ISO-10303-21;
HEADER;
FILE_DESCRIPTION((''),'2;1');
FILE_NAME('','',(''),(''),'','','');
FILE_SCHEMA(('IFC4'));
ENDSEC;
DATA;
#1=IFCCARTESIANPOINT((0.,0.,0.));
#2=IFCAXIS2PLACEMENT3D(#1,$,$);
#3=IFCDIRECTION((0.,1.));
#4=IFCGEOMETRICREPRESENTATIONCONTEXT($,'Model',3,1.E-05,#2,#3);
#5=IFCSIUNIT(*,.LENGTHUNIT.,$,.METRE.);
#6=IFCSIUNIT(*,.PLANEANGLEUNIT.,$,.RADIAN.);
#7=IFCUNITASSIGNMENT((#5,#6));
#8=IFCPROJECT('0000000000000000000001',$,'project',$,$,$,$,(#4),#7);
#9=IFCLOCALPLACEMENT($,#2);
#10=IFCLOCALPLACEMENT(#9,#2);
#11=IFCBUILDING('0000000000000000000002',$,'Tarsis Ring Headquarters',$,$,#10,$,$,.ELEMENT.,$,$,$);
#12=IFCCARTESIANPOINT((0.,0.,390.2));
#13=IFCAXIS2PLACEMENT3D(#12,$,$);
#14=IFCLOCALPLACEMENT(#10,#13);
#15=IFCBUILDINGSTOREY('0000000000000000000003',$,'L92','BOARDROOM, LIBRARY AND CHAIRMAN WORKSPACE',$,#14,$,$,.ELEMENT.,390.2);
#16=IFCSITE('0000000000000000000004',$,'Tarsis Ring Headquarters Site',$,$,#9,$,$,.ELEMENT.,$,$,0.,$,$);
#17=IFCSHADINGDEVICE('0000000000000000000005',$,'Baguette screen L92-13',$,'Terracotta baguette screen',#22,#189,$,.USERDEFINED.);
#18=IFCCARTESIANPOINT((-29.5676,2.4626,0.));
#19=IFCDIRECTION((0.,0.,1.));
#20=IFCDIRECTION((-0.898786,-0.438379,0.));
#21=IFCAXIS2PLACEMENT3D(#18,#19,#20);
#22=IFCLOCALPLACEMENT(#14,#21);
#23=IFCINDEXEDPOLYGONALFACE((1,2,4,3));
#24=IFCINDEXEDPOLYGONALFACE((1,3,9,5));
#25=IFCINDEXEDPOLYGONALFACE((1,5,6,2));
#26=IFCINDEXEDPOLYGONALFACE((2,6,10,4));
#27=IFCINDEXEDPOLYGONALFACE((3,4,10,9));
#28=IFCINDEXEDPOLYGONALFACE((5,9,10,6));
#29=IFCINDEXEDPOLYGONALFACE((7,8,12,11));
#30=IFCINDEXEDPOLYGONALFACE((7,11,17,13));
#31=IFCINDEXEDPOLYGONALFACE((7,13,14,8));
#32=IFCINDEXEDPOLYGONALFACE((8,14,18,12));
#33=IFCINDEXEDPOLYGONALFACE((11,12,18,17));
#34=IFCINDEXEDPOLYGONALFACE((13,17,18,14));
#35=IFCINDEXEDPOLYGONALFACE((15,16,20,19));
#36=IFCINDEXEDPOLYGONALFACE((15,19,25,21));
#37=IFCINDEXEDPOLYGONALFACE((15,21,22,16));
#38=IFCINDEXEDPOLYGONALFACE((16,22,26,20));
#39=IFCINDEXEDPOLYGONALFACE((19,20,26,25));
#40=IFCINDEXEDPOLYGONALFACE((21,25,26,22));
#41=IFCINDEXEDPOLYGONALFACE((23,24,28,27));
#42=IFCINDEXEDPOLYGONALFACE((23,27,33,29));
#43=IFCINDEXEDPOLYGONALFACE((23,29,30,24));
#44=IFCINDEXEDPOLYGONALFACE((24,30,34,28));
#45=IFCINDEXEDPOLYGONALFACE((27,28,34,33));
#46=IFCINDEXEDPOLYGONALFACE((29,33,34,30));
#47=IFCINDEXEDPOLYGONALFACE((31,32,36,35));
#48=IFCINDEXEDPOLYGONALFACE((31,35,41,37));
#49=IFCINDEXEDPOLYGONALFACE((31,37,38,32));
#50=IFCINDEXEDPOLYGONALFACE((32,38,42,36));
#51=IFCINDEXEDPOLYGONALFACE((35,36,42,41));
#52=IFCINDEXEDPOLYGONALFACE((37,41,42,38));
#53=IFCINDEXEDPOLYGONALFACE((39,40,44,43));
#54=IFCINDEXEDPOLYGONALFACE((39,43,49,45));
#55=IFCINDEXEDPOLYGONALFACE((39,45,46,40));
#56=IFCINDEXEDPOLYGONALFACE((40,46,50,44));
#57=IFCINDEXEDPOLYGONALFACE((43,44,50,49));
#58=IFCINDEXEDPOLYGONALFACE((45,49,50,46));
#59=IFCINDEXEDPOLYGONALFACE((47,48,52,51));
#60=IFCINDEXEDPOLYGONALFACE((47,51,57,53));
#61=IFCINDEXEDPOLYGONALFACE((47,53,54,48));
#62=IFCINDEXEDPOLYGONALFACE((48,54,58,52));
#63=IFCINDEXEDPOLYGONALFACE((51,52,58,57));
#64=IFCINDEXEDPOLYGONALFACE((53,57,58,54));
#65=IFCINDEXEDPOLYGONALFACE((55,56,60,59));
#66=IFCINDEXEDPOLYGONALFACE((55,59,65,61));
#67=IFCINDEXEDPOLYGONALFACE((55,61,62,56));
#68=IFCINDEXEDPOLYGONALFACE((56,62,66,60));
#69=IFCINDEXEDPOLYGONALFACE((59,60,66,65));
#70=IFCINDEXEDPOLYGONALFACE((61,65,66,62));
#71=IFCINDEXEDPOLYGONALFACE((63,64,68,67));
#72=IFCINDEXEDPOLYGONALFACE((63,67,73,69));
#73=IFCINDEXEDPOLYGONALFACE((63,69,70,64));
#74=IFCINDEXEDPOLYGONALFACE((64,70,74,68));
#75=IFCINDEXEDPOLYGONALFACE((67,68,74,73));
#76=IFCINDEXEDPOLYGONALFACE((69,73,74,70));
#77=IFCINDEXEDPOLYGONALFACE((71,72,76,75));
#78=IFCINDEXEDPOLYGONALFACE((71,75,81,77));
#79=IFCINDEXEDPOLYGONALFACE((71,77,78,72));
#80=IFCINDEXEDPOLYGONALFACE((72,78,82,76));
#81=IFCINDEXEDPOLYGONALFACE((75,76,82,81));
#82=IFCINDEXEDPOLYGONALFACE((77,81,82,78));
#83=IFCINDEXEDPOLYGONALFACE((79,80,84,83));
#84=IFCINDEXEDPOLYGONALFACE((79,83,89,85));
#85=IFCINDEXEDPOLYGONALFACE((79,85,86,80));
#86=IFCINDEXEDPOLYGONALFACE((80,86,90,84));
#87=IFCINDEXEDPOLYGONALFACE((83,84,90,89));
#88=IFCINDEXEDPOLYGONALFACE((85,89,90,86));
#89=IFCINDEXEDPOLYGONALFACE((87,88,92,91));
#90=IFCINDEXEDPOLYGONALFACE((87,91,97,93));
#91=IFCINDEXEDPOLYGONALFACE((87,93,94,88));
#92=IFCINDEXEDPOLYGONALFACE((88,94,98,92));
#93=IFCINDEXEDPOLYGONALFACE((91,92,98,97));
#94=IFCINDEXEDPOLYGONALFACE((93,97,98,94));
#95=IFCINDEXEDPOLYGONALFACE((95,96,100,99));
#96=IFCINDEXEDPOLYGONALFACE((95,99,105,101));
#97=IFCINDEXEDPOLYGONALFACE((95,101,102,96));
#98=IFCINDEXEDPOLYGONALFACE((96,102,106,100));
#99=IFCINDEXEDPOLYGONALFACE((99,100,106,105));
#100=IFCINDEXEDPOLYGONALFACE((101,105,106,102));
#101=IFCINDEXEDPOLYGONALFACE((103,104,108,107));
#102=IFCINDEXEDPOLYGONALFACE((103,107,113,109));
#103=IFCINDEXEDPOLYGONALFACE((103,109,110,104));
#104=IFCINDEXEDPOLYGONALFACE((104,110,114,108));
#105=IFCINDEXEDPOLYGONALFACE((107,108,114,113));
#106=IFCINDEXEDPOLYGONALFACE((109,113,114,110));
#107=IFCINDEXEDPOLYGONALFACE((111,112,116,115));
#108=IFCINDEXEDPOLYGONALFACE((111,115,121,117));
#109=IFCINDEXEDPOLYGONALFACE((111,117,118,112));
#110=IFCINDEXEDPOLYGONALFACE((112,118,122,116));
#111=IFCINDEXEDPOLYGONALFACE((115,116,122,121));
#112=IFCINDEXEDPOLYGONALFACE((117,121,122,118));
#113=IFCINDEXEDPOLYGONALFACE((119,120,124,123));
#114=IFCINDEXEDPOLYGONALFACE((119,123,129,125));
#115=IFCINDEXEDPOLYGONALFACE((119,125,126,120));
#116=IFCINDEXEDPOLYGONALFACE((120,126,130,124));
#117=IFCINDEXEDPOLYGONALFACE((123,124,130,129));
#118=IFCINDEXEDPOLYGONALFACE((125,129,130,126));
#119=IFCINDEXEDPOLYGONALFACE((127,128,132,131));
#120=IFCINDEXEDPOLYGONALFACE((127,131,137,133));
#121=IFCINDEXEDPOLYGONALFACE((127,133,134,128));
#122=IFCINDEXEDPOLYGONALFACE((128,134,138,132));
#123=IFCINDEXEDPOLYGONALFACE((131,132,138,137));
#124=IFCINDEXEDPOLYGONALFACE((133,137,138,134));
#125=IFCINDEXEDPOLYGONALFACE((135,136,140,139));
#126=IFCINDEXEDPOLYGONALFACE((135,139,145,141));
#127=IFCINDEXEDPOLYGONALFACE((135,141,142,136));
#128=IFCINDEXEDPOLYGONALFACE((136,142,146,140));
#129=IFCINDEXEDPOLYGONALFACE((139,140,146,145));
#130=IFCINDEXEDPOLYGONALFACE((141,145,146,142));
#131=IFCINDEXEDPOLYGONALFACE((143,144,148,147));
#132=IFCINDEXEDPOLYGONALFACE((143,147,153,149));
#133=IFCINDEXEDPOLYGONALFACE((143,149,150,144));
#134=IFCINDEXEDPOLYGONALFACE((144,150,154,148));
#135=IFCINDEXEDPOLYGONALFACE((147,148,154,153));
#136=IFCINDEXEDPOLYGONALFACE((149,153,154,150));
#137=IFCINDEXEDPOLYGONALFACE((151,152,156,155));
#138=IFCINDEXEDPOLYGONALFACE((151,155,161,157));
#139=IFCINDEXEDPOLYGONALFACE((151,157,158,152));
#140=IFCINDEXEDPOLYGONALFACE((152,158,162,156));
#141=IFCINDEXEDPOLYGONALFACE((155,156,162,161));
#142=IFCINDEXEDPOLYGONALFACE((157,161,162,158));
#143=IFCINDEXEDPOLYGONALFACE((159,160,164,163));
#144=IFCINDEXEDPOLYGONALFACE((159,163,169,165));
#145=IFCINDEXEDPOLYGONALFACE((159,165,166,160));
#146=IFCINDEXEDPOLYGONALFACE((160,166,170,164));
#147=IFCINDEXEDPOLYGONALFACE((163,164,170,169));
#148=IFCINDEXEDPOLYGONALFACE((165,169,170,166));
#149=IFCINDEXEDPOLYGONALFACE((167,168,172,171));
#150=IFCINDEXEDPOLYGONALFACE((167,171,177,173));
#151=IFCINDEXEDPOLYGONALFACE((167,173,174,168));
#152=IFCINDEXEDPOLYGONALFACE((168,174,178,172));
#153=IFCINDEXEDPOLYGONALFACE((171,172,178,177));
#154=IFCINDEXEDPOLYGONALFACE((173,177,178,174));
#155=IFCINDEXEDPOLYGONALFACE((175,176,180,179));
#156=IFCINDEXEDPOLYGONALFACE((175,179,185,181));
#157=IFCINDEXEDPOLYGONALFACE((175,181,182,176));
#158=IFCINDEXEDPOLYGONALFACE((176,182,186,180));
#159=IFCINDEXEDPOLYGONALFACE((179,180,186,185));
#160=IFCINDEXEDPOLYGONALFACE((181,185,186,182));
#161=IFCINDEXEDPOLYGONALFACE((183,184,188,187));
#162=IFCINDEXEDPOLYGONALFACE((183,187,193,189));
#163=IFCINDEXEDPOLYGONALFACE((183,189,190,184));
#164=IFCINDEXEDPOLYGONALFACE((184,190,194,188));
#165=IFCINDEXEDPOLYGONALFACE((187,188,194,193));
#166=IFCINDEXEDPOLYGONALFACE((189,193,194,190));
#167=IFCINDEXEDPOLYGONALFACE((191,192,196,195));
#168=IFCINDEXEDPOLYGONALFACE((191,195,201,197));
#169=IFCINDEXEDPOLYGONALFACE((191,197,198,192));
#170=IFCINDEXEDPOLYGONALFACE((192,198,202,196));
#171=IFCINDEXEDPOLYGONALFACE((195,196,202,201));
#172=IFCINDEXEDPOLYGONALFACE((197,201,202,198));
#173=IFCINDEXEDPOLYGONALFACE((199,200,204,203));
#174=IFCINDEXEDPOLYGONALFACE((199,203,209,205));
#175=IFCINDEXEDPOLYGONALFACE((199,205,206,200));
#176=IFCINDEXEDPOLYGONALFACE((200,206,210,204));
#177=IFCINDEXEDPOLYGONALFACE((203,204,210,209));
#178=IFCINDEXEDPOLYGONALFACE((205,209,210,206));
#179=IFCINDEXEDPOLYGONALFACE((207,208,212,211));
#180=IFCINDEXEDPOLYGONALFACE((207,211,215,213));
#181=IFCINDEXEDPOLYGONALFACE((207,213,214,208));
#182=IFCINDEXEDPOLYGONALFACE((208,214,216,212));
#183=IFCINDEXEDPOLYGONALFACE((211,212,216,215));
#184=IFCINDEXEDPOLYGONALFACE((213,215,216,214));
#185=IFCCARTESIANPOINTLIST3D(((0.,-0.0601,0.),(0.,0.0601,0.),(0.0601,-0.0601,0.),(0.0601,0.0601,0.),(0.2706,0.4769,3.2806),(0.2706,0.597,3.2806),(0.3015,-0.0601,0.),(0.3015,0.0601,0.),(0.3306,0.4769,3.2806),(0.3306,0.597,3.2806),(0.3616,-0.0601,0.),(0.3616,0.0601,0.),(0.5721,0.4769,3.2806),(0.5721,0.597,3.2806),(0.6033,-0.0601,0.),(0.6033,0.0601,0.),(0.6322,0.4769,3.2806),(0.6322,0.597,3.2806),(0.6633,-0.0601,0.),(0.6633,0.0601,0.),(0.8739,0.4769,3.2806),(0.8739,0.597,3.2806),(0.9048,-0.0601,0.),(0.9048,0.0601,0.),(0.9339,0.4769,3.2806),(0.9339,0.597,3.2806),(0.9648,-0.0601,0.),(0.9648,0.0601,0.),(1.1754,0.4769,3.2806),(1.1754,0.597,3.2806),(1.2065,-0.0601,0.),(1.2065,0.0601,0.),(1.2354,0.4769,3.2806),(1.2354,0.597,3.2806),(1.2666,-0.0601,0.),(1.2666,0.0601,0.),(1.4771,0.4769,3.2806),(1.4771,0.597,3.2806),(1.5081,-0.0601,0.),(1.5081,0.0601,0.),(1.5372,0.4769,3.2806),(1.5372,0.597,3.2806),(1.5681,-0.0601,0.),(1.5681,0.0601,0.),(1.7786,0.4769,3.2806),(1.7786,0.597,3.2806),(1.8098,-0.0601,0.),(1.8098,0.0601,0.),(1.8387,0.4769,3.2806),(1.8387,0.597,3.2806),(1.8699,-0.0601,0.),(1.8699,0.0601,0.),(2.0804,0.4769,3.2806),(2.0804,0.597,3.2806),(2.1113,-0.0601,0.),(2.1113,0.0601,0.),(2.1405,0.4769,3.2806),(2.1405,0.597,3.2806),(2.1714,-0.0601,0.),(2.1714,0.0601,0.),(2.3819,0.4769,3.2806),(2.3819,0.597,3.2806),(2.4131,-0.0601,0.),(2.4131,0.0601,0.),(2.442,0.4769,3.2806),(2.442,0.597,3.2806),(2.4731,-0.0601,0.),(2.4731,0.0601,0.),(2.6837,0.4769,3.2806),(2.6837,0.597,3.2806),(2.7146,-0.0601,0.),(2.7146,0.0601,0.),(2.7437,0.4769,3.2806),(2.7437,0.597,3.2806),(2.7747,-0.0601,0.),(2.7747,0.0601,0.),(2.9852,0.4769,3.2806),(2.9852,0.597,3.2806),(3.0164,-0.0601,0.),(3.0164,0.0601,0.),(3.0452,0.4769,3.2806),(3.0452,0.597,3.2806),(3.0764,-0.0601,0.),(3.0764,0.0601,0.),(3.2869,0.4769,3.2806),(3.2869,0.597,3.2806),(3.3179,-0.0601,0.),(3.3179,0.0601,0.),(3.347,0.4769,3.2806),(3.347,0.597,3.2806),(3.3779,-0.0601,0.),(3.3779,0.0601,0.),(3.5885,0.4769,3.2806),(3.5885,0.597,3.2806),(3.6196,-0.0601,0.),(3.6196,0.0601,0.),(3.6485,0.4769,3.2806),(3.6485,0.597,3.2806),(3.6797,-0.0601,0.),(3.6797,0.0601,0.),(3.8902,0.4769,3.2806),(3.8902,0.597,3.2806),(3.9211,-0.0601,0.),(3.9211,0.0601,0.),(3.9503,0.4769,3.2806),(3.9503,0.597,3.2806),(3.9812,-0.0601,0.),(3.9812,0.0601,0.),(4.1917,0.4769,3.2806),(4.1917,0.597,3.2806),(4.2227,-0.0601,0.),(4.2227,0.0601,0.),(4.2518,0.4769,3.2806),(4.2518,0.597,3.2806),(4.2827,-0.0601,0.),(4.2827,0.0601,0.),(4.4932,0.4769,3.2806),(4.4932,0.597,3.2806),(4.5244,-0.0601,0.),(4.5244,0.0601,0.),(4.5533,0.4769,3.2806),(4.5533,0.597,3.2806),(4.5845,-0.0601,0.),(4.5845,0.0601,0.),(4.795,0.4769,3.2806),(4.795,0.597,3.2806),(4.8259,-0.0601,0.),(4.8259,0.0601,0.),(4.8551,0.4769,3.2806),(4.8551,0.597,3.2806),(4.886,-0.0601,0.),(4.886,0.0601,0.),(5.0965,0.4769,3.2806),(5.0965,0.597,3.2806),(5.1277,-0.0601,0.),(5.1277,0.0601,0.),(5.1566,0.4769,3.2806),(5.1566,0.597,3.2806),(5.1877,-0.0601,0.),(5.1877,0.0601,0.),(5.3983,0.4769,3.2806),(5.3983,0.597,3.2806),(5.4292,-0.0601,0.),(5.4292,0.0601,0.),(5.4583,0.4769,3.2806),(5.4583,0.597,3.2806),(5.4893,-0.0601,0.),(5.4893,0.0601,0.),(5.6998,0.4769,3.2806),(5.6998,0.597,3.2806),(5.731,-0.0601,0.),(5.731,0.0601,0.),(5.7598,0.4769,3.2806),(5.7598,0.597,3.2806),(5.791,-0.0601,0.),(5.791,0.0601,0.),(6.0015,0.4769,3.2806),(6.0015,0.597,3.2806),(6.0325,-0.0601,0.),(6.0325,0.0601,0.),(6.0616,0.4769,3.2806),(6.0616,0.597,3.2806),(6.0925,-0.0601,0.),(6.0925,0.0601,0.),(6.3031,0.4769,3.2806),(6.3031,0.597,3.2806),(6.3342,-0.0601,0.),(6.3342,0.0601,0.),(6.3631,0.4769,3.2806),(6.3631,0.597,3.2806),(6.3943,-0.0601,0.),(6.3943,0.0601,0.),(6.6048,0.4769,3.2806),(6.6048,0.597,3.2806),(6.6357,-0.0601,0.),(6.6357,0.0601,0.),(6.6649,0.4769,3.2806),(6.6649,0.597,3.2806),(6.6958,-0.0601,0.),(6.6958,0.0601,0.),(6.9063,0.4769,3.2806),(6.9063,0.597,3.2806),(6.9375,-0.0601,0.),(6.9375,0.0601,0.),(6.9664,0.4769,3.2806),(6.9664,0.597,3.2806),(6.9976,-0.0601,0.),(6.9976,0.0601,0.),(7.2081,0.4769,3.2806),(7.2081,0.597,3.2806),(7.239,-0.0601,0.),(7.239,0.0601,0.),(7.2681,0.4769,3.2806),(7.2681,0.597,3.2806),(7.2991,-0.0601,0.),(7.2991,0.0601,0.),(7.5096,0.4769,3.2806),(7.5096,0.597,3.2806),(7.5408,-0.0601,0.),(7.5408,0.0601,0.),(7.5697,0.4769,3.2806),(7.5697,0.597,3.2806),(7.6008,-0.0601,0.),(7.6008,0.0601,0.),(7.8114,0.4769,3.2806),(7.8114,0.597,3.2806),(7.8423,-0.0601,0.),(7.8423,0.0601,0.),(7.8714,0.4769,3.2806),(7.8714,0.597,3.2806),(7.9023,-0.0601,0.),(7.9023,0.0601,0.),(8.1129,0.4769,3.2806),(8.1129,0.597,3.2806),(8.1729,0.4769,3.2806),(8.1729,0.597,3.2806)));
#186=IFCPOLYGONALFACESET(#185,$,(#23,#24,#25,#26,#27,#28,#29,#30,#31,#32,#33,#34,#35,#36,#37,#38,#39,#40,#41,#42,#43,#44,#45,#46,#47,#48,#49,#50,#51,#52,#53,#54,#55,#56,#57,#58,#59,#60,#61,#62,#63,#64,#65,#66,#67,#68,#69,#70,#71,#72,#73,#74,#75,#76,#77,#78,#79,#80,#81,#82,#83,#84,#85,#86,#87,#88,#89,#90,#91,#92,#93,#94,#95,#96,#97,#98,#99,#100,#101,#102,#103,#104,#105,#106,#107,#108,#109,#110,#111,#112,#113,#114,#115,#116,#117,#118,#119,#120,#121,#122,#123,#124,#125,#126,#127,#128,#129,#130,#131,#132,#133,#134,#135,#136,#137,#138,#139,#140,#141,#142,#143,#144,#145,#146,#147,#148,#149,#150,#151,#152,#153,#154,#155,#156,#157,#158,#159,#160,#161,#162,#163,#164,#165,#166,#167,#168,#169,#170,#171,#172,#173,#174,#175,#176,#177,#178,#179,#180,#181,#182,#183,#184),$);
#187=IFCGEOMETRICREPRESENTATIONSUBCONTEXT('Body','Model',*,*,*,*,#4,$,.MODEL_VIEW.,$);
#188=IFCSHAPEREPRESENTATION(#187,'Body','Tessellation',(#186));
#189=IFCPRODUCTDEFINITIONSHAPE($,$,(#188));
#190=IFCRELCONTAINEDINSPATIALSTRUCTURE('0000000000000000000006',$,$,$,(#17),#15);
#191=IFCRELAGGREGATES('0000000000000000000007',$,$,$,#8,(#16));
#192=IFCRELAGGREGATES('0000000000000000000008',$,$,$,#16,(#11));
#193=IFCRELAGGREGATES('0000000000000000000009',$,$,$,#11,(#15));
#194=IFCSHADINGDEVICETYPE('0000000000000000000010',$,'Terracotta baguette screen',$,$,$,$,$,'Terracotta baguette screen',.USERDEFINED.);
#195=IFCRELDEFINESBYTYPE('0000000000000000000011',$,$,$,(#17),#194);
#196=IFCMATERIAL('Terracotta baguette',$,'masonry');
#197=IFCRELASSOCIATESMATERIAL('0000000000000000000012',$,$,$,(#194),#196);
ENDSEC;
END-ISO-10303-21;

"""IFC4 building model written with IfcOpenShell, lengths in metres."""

from ifc_helpers import new_model, si_unit, direction, frame, frame_2d, origin, place, context, subcontext, project, spatial, rectangle, composite_profile, extrude, material, type_object, element, save


model = new_model("IFC4")

# Units and contexts
model_context = context("Model", 3, precision=1e-05, world=origin(), true_north=direction((0.0, 1.0)))
body_context = subcontext(model_context, "Body", "Model", "MODEL_VIEW")
ifc_project = project(units=[si_unit("LENGTHUNIT", "METRE"), si_unit("PLANEANGLEUNIT", "RADIAN")], contexts=[model_context])

# Site, building, storey
site_placement = place(None, origin())
site = spatial("IfcSite", under=ifc_project, at=site_placement, Name="Tarsis Ring Headquarters Site", CompositionType="ELEMENT", RefElevation=0.0)
building_placement = place(site_placement, origin())
building = spatial("IfcBuilding", under=site, at=building_placement, Name="Tarsis Ring Headquarters", CompositionType="ELEMENT")
storey_placement = place(building_placement, frame((0.0, 0.0, 390.2)))
storey = spatial("IfcBuildingStorey", under=building, at=storey_placement, Name="L92", Description="BOARDROOM, LIBRARY AND CHAIRMAN WORKSPACE", CompositionType="ELEMENT", Elevation=390.2)

# Shading device
ifc_material_1 = material(Name="Terracotta baguette", Category="masonry")
shading_device_type_1 = type_object("IfcShadingDeviceType", Name="Terracotta baguette screen", ElementType="Terracotta baguette screen", PredefinedType="USERDEFINED", material=ifc_material_1)
shading_device_1_placement = place(storey_placement, frame((-29.5676, 2.4626, 0.0), z_axis=(0.0, 0.0, 1.0), x_axis=(-0.898786, -0.438379, 0.0)))
element("IfcShadingDevice", 1, at=shading_device_1_placement, inside=storey, type_object=shading_device_type_1, Name="Baguette screen L92-13", ObjectType="Terracotta baguette screen", PredefinedType="USERDEFINED", context=body_context, shape_type="SweptSolid", body=[
    extrude(composite_profile([rectangle(XDim=0.0601, YDim=0.1201, at=frame_2d((0.03, 0.0))), rectangle(XDim=0.0601, YDim=0.1201, at=frame_2d((0.3315, 0.0))), rectangle(XDim=0.0601, YDim=0.1201, at=frame_2d((0.6333, 0.0))), rectangle(XDim=0.0601, YDim=0.1201, at=frame_2d((0.9348, 0.0))), rectangle(XDim=0.0601, YDim=0.1201, at=frame_2d((1.2366, 0.0))), rectangle(XDim=0.0601, YDim=0.1201, at=frame_2d((1.5381, 0.0))), rectangle(XDim=0.0601, YDim=0.1201, at=frame_2d((1.8398, 0.0))), rectangle(XDim=0.0601, YDim=0.1201, at=frame_2d((2.1414, 0.0))), rectangle(XDim=0.0601, YDim=0.1201, at=frame_2d((2.4431, 0.0))), rectangle(XDim=0.0601, YDim=0.1201, at=frame_2d((2.7446, 0.0))), rectangle(XDim=0.0601, YDim=0.1201, at=frame_2d((3.0464, 0.0))), rectangle(XDim=0.0601, YDim=0.1201, at=frame_2d((3.3479, 0.0))), rectangle(XDim=0.0601, YDim=0.1201, at=frame_2d((3.6497, 0.0))), rectangle(XDim=0.0601, YDim=0.1201, at=frame_2d((3.9512, 0.0))), rectangle(XDim=0.0601, YDim=0.1201, at=frame_2d((4.2527, 0.0))), rectangle(XDim=0.0601, YDim=0.1201, at=frame_2d((4.5544, 0.0))), rectangle(XDim=0.0601, YDim=0.1201, at=frame_2d((4.856, 0.0))), rectangle(XDim=0.0601, YDim=0.1201, at=frame_2d((5.1577, 0.0))), rectangle(XDim=0.0601, YDim=0.1201, at=frame_2d((5.4592, 0.0))), rectangle(XDim=0.0601, YDim=0.1201, at=frame_2d((5.761, 0.0))), rectangle(XDim=0.0601, YDim=0.1201, at=frame_2d((6.0625, 0.0))), rectangle(XDim=0.0601, YDim=0.1201, at=frame_2d((6.3643, 0.0))), rectangle(XDim=0.0601, YDim=0.1201, at=frame_2d((6.6658, 0.0))), rectangle(XDim=0.0601, YDim=0.1201, at=frame_2d((6.9675, 0.0))), rectangle(XDim=0.0601, YDim=0.1201, at=frame_2d((7.269, 0.0))), rectangle(XDim=0.0601, YDim=0.1201, at=frame_2d((7.5708, 0.0))), rectangle(XDim=0.0601, YDim=0.1201, at=frame_2d((7.8723, 0.0)))]), origin(), (0.081131, 0.161001, 0.983614), 3.3352),
])

save(model, "model.ifc")
